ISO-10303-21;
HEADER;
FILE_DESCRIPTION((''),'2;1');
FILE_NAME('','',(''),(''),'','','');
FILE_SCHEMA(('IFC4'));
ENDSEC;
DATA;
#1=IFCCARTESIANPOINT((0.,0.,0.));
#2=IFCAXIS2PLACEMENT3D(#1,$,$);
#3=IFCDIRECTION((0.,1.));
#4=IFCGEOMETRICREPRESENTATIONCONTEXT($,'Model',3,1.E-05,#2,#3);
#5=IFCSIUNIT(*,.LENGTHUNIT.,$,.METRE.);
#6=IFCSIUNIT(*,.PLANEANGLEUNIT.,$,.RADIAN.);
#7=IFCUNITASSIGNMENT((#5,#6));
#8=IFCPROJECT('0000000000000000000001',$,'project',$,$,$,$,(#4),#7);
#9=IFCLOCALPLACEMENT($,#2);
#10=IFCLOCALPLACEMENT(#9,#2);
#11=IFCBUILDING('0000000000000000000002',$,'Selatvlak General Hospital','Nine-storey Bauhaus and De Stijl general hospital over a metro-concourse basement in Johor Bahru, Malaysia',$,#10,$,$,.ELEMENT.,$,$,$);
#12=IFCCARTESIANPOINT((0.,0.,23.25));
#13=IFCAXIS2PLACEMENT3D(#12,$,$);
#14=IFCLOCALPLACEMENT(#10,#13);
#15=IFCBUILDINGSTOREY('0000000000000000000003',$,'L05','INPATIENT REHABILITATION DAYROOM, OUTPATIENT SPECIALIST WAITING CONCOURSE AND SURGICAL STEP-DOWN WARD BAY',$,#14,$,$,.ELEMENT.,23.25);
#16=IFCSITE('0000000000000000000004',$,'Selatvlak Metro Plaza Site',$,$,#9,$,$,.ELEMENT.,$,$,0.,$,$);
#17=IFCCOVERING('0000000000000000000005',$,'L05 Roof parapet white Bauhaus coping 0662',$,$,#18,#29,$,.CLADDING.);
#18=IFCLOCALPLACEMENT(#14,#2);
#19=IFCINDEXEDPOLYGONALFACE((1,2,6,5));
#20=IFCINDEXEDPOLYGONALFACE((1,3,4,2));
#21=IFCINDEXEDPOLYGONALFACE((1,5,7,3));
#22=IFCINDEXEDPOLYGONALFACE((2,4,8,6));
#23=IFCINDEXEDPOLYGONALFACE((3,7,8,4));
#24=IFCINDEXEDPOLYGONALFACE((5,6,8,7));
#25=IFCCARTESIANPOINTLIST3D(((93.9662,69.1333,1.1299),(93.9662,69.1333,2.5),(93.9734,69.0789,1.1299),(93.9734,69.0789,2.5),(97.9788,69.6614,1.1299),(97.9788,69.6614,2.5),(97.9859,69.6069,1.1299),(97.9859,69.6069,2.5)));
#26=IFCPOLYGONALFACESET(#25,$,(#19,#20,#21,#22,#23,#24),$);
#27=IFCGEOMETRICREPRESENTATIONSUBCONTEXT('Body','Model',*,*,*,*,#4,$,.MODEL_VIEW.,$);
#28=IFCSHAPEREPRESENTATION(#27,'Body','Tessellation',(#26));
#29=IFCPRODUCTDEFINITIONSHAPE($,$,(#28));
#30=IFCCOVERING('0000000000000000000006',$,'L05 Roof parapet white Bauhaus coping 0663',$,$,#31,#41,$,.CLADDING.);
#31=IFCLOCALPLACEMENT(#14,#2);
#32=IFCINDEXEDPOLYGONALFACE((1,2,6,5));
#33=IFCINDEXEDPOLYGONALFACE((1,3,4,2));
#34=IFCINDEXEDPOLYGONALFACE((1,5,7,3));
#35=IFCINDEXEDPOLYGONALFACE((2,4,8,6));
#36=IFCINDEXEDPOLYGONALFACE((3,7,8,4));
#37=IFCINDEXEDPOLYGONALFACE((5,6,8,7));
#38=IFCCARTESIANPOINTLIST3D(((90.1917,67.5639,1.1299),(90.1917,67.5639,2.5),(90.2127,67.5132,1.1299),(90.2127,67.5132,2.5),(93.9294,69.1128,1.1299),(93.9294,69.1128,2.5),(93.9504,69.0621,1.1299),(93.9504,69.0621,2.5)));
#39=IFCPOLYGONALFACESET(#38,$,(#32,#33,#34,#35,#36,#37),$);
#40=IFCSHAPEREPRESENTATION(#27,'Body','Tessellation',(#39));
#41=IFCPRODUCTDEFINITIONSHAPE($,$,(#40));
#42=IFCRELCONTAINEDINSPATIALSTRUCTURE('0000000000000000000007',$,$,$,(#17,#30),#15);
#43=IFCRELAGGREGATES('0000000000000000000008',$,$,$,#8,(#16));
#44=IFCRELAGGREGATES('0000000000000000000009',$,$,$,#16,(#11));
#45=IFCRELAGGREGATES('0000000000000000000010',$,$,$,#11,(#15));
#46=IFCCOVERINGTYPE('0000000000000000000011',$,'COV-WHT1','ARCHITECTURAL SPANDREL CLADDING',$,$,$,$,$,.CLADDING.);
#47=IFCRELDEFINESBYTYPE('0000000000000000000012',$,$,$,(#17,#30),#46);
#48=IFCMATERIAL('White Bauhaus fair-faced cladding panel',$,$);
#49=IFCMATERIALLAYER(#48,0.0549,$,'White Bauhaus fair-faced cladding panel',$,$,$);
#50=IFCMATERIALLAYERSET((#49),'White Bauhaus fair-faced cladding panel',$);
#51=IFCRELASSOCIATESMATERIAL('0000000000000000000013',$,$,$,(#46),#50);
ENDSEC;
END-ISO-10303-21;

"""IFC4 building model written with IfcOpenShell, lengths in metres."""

from ifc_helpers import new_model, si_unit, direction, frame, origin, origin_2d, place, context, subcontext, project, spatial, rectangle, extrude, material, layer, layer_set, type_object, element, save


model = new_model("IFC4")

# Units and contexts
model_context = context("Model", 3, precision=1e-05, world=origin(), true_north=direction((0.0, 1.0)))
body_context = subcontext(model_context, "Body", "Model", "MODEL_VIEW")
ifc_project = project(units=[si_unit("LENGTHUNIT", "METRE"), si_unit("PLANEANGLEUNIT", "RADIAN")], contexts=[model_context])

# Site, building, storey
site_placement = place(None, origin())
site = spatial("IfcSite", under=ifc_project, at=site_placement, Name="Selatvlak Metro Plaza Site", CompositionType="ELEMENT", RefElevation=0.0)
building_placement = place(site_placement, origin())
building = spatial("IfcBuilding", under=site, at=building_placement, Name="Selatvlak General Hospital", Description="Nine-storey Bauhaus and De Stijl general hospital over a metro-concourse basement in Johor Bahru, Malaysia", CompositionType="ELEMENT")
storey_placement = place(building_placement, frame((0.0, 0.0, 23.25)))
storey = spatial("IfcBuildingStorey", under=building, at=storey_placement, Name="L05", Description="INPATIENT REHABILITATION DAYROOM, OUTPATIENT SPECIALIST WAITING CONCOURSE AND SURGICAL STEP-DOWN WARD BAY", CompositionType="ELEMENT", Elevation=23.25)

# Coverings
ifc_material_1 = material(Name="White Bauhaus fair-faced cladding panel")
ifc_layer_1 = layer(ifc_material_1, 0.0549, Name="White Bauhaus fair-faced cladding panel")
ifc_layer_set_1 = layer_set([ifc_layer_1], Name="White Bauhaus fair-faced cladding panel")
covering_type = type_object("IfcCoveringType", Name="COV-WHT1", Description="ARCHITECTURAL SPANDREL CLADDING", PredefinedType="CLADDING", material=ifc_layer_set_1)
covering_1_placement = place(storey_placement, frame((95.9761, 69.3701, 1.1299), z_axis=(0.0, 0.0, 1.0), x_axis=(-0.991452, -0.130474, 0.0)))
element("IfcCovering", 1, at=covering_1_placement, inside=storey, type_object=covering_type, Name="L05 Roof parapet white Bauhaus coping 0662", PredefinedType="CLADDING", context=body_context, shape_type="SweptSolid", body=[
    extrude(rectangle(XDim=4.0471, YDim=0.0549, at=origin_2d()), origin(), (0.0, 0.0, 1.0), 1.3701),
])
covering_2_placement = place(storey_placement, frame((92.071, 68.313, 1.1299), z_axis=(0.0, 0.0, 1.0), x_axis=(-0.923819, -0.382829, 0.0)))
element("IfcCovering", 2, at=covering_2_placement, inside=storey, type_object=covering_type, Name="L05 Roof parapet white Bauhaus coping 0663", PredefinedType="CLADDING", context=body_context, shape_type="SweptSolid", body=[
    extrude(rectangle(XDim=4.0459, YDim=0.0549, at=origin_2d()), origin(), (0.0, 0.0, 1.0), 1.3701),
])

save(model, "model.ifc")
